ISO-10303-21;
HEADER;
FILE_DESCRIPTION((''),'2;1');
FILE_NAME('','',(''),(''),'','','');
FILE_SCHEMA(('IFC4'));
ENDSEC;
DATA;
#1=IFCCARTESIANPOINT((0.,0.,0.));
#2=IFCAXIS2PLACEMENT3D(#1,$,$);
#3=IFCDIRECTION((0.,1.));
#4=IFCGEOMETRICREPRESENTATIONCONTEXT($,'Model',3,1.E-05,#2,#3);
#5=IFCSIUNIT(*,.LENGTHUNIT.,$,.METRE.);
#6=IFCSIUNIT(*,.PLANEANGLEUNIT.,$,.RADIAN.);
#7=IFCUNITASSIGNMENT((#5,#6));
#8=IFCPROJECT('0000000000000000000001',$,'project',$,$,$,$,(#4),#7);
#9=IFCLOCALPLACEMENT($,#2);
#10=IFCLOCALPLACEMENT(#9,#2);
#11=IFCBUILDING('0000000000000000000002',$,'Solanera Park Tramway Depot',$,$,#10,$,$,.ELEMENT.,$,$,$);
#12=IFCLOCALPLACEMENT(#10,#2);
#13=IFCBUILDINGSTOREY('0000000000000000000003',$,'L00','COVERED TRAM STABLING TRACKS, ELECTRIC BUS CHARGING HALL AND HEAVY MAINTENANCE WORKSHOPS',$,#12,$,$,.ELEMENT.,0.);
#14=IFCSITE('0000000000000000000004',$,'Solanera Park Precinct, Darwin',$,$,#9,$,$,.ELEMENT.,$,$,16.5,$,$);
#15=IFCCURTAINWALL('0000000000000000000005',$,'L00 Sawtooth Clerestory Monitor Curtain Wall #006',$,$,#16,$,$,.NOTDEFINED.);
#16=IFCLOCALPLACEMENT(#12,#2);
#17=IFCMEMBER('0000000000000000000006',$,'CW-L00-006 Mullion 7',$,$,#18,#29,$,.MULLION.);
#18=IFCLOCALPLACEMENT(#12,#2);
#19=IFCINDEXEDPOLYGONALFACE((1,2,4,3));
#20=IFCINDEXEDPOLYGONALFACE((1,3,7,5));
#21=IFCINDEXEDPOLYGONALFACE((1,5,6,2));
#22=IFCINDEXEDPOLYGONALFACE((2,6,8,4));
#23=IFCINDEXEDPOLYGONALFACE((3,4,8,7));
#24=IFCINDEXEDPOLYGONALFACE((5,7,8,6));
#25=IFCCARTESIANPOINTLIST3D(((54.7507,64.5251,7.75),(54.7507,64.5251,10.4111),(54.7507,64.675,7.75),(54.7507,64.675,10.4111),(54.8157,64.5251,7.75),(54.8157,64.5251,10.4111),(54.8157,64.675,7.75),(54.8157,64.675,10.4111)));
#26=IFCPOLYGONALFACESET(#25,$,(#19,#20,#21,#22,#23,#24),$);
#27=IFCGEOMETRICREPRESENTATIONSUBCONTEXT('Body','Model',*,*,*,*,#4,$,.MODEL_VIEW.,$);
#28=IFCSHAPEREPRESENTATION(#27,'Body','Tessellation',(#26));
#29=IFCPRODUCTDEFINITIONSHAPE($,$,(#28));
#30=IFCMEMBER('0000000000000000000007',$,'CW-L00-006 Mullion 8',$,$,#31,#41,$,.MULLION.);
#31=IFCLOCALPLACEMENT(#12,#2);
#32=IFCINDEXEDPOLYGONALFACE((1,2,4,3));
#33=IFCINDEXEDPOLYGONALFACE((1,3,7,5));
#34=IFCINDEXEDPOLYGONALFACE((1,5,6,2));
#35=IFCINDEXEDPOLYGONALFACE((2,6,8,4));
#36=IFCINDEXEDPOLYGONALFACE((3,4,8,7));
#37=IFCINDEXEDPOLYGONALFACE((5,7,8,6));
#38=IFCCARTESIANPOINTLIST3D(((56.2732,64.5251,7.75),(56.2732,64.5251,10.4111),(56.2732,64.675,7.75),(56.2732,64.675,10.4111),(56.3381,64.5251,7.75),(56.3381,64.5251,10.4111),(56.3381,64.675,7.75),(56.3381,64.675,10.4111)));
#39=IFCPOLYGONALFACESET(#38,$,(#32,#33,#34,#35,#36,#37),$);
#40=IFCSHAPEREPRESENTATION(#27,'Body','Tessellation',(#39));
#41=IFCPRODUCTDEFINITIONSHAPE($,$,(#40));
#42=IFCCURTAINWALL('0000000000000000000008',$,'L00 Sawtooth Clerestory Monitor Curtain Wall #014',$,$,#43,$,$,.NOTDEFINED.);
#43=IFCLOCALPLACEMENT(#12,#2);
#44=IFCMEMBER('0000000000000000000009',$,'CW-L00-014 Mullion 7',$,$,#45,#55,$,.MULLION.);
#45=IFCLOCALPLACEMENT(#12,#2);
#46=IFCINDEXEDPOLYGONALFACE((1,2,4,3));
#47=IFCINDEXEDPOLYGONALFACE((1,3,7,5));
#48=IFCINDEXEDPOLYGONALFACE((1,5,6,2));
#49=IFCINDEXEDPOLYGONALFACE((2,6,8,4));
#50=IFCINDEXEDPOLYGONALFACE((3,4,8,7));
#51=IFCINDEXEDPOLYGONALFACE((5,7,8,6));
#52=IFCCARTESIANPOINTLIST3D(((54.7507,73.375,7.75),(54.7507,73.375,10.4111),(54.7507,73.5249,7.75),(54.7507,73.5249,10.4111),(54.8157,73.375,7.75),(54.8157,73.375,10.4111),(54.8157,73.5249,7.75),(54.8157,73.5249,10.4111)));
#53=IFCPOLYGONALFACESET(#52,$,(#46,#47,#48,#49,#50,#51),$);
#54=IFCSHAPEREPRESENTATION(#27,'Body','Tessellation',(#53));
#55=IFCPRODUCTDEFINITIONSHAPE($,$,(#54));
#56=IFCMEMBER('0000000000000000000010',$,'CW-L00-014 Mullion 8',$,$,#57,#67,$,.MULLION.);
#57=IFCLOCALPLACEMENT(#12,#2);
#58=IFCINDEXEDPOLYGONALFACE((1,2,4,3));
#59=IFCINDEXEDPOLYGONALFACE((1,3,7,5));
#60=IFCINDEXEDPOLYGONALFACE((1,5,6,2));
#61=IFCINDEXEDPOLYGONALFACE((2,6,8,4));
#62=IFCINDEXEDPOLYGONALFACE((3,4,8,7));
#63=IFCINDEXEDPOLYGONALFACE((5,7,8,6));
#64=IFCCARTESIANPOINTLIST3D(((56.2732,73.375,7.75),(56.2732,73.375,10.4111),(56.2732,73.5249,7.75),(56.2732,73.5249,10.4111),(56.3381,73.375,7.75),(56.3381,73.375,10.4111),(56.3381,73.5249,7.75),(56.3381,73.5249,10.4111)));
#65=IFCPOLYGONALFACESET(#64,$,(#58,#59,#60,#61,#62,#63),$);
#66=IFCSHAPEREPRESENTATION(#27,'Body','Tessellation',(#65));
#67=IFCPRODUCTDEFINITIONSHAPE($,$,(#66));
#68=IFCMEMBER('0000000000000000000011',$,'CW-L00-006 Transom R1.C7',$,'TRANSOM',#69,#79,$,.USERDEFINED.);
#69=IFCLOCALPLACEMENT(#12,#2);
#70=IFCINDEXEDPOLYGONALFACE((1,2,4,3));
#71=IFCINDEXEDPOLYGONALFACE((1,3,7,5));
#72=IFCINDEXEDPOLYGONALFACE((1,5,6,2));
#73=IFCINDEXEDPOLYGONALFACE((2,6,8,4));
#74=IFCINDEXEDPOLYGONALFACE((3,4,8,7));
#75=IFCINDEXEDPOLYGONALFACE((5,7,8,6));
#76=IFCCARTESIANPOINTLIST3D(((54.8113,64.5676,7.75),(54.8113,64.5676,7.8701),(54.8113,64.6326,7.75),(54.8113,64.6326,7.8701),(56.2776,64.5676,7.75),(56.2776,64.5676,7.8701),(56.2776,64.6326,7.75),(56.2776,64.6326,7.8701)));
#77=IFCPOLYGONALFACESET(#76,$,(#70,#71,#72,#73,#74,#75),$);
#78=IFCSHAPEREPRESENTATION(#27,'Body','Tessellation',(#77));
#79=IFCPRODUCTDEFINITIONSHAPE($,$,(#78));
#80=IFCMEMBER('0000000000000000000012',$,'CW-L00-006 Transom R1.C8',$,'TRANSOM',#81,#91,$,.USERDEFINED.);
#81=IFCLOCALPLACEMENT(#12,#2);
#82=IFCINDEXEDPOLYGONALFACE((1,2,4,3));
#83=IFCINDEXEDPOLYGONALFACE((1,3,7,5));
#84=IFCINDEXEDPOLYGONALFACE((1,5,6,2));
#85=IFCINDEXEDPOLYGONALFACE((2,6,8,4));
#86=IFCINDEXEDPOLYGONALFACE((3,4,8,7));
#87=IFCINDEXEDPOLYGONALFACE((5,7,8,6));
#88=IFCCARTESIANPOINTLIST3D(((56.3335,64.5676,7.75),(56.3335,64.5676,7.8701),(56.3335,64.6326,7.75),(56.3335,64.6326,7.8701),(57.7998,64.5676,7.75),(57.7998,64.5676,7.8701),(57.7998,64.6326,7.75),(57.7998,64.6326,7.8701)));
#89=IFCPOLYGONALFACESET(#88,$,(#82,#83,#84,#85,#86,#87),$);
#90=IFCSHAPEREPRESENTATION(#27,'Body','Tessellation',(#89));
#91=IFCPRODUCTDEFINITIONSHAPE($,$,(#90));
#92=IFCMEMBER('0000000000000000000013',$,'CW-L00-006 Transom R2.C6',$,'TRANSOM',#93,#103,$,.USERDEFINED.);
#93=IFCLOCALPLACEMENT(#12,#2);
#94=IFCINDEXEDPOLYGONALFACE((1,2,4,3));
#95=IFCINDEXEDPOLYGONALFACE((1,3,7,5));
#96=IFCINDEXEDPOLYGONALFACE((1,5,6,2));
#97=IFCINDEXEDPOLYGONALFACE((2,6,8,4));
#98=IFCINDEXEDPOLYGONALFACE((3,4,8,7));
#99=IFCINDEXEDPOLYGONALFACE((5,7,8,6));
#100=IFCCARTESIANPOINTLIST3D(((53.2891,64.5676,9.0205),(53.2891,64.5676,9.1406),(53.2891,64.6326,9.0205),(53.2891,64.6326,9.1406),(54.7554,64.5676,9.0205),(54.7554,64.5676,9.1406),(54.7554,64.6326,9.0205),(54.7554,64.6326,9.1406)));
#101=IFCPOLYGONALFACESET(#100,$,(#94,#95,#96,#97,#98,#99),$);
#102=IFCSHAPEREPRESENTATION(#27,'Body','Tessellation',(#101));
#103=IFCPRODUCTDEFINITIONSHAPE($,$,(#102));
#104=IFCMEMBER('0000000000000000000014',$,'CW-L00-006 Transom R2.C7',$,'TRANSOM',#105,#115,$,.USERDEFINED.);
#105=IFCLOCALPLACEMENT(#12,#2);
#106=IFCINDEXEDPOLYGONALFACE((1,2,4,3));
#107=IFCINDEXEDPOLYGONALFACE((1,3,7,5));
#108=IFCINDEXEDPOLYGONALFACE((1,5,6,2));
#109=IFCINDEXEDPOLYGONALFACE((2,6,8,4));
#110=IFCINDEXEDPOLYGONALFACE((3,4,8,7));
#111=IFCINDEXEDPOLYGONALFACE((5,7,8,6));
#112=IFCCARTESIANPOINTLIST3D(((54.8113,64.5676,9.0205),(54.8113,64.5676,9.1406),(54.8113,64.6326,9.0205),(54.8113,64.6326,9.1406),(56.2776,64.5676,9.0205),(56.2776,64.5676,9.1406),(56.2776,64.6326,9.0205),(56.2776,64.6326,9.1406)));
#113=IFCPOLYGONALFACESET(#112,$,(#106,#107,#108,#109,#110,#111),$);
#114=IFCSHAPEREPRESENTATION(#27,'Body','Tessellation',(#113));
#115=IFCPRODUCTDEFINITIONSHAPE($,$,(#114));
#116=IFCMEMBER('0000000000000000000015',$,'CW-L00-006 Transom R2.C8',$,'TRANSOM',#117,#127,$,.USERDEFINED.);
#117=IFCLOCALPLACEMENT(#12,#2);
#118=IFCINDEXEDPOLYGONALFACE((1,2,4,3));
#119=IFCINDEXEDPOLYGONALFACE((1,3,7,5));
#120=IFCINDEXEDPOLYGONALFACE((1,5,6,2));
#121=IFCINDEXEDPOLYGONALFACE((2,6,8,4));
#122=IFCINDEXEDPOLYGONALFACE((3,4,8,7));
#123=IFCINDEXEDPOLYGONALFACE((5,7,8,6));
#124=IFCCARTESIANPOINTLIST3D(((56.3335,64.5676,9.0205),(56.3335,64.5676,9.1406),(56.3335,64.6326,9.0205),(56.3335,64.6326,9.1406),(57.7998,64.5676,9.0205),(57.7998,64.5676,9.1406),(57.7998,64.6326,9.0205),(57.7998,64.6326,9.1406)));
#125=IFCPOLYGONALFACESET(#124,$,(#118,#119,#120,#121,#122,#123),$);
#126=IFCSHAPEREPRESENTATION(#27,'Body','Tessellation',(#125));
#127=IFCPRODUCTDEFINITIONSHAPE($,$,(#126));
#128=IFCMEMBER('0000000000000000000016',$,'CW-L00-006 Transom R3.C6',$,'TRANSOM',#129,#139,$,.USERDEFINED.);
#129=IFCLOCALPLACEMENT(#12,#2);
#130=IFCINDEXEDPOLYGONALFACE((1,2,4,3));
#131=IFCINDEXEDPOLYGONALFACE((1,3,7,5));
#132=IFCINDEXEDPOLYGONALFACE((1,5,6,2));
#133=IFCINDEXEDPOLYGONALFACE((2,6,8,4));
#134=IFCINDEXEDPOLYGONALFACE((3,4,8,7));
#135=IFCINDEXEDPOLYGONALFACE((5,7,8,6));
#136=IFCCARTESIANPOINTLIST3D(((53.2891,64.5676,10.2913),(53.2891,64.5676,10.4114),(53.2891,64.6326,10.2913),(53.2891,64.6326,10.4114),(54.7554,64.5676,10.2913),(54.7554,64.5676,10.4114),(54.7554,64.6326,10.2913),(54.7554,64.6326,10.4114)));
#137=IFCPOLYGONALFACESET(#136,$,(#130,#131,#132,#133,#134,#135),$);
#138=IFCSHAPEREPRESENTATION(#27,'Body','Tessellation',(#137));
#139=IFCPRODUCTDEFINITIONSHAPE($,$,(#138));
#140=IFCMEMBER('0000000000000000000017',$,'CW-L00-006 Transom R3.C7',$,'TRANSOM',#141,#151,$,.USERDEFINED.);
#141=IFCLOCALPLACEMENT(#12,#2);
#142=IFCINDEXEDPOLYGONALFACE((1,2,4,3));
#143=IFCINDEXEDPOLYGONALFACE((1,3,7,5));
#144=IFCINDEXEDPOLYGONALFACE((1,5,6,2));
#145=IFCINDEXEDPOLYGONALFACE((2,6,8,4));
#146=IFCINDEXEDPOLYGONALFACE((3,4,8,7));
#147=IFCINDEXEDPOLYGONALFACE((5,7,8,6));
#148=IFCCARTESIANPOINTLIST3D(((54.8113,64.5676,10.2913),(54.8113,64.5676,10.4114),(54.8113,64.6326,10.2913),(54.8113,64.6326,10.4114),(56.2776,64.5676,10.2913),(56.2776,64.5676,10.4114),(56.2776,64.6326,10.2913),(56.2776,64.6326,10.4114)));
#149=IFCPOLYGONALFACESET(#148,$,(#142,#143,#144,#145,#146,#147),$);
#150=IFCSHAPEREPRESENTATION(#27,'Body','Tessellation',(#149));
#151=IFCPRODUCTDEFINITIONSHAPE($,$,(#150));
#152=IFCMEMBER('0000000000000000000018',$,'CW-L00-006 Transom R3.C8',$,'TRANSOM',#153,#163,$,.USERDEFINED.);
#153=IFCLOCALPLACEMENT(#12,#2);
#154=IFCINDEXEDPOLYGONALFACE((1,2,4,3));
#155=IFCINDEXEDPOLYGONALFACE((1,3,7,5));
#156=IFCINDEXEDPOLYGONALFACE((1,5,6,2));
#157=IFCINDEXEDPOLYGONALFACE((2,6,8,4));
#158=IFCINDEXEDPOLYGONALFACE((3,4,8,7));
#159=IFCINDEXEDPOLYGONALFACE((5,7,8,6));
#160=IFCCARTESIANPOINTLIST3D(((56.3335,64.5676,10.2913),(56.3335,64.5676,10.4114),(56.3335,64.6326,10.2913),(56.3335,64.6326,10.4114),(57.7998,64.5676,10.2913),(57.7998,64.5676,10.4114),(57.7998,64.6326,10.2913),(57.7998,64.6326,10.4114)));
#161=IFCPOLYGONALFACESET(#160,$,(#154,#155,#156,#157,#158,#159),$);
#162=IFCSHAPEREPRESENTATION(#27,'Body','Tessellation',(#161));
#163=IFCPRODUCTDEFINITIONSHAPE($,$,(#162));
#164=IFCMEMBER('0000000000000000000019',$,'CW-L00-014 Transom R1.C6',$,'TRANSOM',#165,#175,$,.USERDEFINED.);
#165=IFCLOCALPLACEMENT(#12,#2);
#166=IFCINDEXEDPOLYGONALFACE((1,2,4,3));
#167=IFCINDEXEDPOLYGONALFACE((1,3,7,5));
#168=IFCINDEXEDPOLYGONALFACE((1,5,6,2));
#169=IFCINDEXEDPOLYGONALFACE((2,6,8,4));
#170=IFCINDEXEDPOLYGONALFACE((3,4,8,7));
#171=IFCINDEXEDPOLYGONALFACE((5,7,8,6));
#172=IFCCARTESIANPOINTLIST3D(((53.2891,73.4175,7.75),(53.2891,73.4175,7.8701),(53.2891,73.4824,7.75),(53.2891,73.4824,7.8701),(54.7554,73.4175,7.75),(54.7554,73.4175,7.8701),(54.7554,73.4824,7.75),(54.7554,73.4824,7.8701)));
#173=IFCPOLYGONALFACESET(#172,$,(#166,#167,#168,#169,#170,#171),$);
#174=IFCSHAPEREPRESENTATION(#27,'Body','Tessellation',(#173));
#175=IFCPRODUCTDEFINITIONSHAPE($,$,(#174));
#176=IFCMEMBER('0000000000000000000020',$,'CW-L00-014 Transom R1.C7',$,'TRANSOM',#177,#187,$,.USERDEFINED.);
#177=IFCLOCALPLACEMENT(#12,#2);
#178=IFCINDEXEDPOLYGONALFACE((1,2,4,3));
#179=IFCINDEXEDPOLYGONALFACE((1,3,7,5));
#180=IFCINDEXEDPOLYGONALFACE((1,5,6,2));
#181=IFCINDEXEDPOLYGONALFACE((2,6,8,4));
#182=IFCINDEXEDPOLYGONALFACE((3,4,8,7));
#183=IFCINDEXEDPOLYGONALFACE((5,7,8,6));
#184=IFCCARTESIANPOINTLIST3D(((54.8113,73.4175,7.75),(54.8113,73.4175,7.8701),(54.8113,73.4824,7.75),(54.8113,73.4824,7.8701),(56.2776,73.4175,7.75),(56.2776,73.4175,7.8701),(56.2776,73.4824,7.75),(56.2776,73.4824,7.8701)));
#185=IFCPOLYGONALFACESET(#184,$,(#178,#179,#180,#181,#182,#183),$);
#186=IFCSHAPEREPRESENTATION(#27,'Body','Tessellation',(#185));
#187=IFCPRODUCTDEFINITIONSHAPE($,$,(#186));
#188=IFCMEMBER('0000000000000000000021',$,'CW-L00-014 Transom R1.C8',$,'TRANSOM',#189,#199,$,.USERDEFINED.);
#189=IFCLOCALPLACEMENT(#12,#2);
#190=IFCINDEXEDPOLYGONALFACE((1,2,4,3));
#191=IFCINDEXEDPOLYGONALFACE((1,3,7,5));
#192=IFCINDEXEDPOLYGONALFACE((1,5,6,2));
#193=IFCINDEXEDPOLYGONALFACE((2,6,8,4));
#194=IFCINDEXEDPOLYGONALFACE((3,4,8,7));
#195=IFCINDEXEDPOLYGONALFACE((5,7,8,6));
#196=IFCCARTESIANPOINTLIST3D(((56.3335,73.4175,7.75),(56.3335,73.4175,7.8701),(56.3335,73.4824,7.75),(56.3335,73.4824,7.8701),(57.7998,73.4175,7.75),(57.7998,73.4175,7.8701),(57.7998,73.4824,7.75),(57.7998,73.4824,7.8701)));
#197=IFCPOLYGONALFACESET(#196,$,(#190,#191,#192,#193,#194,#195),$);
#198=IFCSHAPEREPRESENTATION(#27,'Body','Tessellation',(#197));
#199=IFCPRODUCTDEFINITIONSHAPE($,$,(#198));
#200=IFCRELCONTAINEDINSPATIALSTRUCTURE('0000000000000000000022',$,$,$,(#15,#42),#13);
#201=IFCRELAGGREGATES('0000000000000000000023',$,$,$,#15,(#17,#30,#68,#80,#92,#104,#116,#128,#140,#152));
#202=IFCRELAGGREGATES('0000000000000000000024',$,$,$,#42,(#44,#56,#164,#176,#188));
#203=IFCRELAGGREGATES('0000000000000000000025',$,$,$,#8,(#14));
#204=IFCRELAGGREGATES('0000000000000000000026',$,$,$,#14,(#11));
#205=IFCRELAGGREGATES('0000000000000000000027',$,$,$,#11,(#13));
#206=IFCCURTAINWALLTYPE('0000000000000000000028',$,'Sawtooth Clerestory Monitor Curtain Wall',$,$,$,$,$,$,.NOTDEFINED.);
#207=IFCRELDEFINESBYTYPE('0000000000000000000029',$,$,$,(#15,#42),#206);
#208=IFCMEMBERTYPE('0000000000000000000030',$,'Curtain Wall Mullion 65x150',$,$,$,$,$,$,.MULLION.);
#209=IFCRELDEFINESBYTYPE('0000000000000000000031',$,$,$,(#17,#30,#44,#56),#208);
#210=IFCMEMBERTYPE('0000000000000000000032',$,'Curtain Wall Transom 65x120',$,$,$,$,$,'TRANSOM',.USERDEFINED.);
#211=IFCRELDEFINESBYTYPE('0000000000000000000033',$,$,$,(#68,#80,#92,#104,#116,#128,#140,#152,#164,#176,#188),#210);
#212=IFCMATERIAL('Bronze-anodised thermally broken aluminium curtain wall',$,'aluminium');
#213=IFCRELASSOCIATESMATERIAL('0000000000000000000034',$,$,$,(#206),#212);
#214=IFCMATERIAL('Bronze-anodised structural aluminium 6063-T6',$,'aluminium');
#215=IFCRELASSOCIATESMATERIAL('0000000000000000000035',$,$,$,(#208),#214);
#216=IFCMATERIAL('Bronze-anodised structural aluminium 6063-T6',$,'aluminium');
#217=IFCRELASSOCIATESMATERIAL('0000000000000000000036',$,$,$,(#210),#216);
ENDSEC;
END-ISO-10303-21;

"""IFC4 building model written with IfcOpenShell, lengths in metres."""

from ifc_helpers import new_model, si_unit, direction, frame, origin, origin_2d, place, context, subcontext, project, spatial, rectangle, extrude, material, material_profile, profile_set, type_object, element, aggregate, save


model = new_model("IFC4")

# Units and contexts
model_context = context("Model", 3, precision=1e-05, world=origin(), true_north=direction((0.0, 1.0)))
body_context = subcontext(model_context, "Body", "Model", "MODEL_VIEW")
ifc_project = project(units=[si_unit("LENGTHUNIT", "METRE"), si_unit("PLANEANGLEUNIT", "RADIAN")], contexts=[model_context])

# Site, building, storey
site_placement = place(None, origin())
site = spatial("IfcSite", under=ifc_project, at=site_placement, Name="Solanera Park Precinct, Darwin", CompositionType="ELEMENT", RefElevation=16.5)
building_placement = place(site_placement, origin())
building = spatial("IfcBuilding", under=site, at=building_placement, Name="Solanera Park Tramway Depot", CompositionType="ELEMENT")
storey_placement = place(building_placement, origin())
storey = spatial("IfcBuildingStorey", under=building, at=storey_placement, Name="L00", Description="COVERED TRAM STABLING TRACKS, ELECTRIC BUS CHARGING HALL AND HEAVY MAINTENANCE WORKSHOPS", CompositionType="ELEMENT", Elevation=0.0)

# Curtain walls, members
ifc_material_1 = material(Name="Bronze-anodised thermally broken aluminium curtain wall", Category="aluminium")
curtain_wall_type = type_object("IfcCurtainWallType", Name="Sawtooth Clerestory Monitor Curtain Wall", PredefinedType="NOTDEFINED", material=ifc_material_1)
curtain_wall_1_placement = place(storey_placement, origin())
curtain_wall_1 = element("IfcCurtainWall", 1, at=curtain_wall_1_placement, inside=storey, type_object=curtain_wall_type, Name="L00 Sawtooth Clerestory Monitor Curtain Wall #006", PredefinedType="NOTDEFINED")
ifc_material_2 = material(Name="Bronze-anodised structural aluminium 6063-T6", Category="aluminium")
ifc_material_profile_1 = material_profile(ifc_material_2, rectangle(XDim=0.0649, YDim=0.1499, at=origin_2d()), Name="Curtain Wall Mullion 65x150")
ifc_profile_set_1 = profile_set([ifc_material_profile_1], Name="Bronze-anodised structural aluminium 6063-T6")
member_type_1 = type_object("IfcMemberType", Name="Curtain Wall Mullion 65x150", PredefinedType="MULLION", material=ifc_profile_set_1)
member_1_placement = place(storey_placement, frame((54.7832, 64.6001, 7.75), z_axis=(0.0, 0.0, 1.0), x_axis=(1.0, 0.0, 0.0)))
member_1 = element("IfcMember", 2, at=member_1_placement, type_object=member_type_1, Name="CW-L00-006 Mullion 7", PredefinedType="MULLION", context=body_context, shape_type="SweptSolid", body=[
    extrude(rectangle(XDim=0.0649, YDim=0.1499, at=origin_2d()), origin(), (0.0, 0.0, 1.0), 2.6611),
])
member_2_placement = place(storey_placement, frame((56.3057, 64.6001, 7.75), z_axis=(0.0, 0.0, 1.0), x_axis=(1.0, 0.0, 0.0)))
member_2 = element("IfcMember", 3, at=member_2_placement, type_object=member_type_1, Name="CW-L00-006 Mullion 8", PredefinedType="MULLION", context=body_context, shape_type="SweptSolid", body=[
    extrude(rectangle(XDim=0.0649, YDim=0.1499, at=origin_2d()), origin(), (0.0, 0.0, 1.0), 2.6611),
])
curtain_wall_2_placement = place(storey_placement, origin())
curtain_wall_2 = element("IfcCurtainWall", 4, at=curtain_wall_2_placement, inside=storey, type_object=curtain_wall_type, Name="L00 Sawtooth Clerestory Monitor Curtain Wall #014", PredefinedType="NOTDEFINED")
member_3_placement = place(storey_placement, frame((54.7832, 73.45, 7.75), z_axis=(0.0, 0.0, 1.0), x_axis=(1.0, 0.0, 0.0)))
member_3 = element("IfcMember", 5, at=member_3_placement, type_object=member_type_1, Name="CW-L00-014 Mullion 7", PredefinedType="MULLION", context=body_context, shape_type="SweptSolid", body=[
    extrude(rectangle(XDim=0.0649, YDim=0.1499, at=origin_2d()), origin(), (0.0, 0.0, 1.0), 2.6611),
])
member_4_placement = place(storey_placement, frame((56.3057, 73.45, 7.75), z_axis=(0.0, 0.0, 1.0), x_axis=(1.0, 0.0, 0.0)))
member_4 = element("IfcMember", 6, at=member_4_placement, type_object=member_type_1, Name="CW-L00-014 Mullion 8", PredefinedType="MULLION", context=body_context, shape_type="SweptSolid", body=[
    extrude(rectangle(XDim=0.0649, YDim=0.1499, at=origin_2d()), origin(), (0.0, 0.0, 1.0), 2.6611),
])

# Members
ifc_material_3 = material(Name="Bronze-anodised structural aluminium 6063-T6", Category="aluminium")
ifc_material_profile_2 = material_profile(ifc_material_3, rectangle(XDim=0.0649, YDim=0.1201, at=origin_2d()), Name="Curtain Wall Transom 65x120")
ifc_profile_set_2 = profile_set([ifc_material_profile_2], Name="Bronze-anodised structural aluminium 6063-T6")
member_type_2 = type_object("IfcMemberType", Name="Curtain Wall Transom 65x120", ElementType="TRANSOM", PredefinedType="USERDEFINED", material=ifc_profile_set_2)
member_5_placement = place(storey_placement, frame((54.8113, 64.6001, 7.8101), z_axis=(1.0, 0.0, 0.0), x_axis=(0.0, 1.0, 0.0)))
member_5 = element("IfcMember", 7, at=member_5_placement, type_object=member_type_2, Name="CW-L00-006 Transom R1.C7", ObjectType="TRANSOM", PredefinedType="USERDEFINED", context=body_context, shape_type="SweptSolid", body=[
    extrude(rectangle(XDim=0.0649, YDim=0.1201, at=origin_2d()), origin(), (0.0, 0.0, 1.0), 1.4663),
])
member_6_placement = place(storey_placement, frame((56.3335, 64.6001, 7.8101), z_axis=(1.0, 0.0, 0.0), x_axis=(0.0, 1.0, 0.0)))
member_6 = element("IfcMember", 8, at=member_6_placement, type_object=member_type_2, Name="CW-L00-006 Transom R1.C8", ObjectType="TRANSOM", PredefinedType="USERDEFINED", context=body_context, shape_type="SweptSolid", body=[
    extrude(rectangle(XDim=0.0649, YDim=0.1201, at=origin_2d()), origin(), (0.0, 0.0, 1.0), 1.4663),
])
member_7_placement = place(storey_placement, frame((53.2891, 64.6001, 9.0806), z_axis=(1.0, 0.0, 0.0), x_axis=(0.0, 1.0, 0.0)))
member_7 = element("IfcMember", 9, at=member_7_placement, type_object=member_type_2, Name="CW-L00-006 Transom R2.C6", ObjectType="TRANSOM", PredefinedType="USERDEFINED", context=body_context, shape_type="SweptSolid", body=[
    extrude(rectangle(XDim=0.0649, YDim=0.1201, at=origin_2d()), origin(), (0.0, 0.0, 1.0), 1.4663),
])
member_8_placement = place(storey_placement, frame((54.8113, 64.6001, 9.0806), z_axis=(1.0, 0.0, 0.0), x_axis=(0.0, 1.0, 0.0)))
member_8 = element("IfcMember", 10, at=member_8_placement, type_object=member_type_2, Name="CW-L00-006 Transom R2.C7", ObjectType="TRANSOM", PredefinedType="USERDEFINED", context=body_context, shape_type="SweptSolid", body=[
    extrude(rectangle(XDim=0.0649, YDim=0.1201, at=origin_2d()), origin(), (0.0, 0.0, 1.0), 1.4663),
])
member_9_placement = place(storey_placement, frame((56.3335, 64.6001, 9.0806), z_axis=(1.0, 0.0, 0.0), x_axis=(0.0, 1.0, 0.0)))
member_9 = element("IfcMember", 11, at=member_9_placement, type_object=member_type_2, Name="CW-L00-006 Transom R2.C8", ObjectType="TRANSOM", PredefinedType="USERDEFINED", context=body_context, shape_type="SweptSolid", body=[
    extrude(rectangle(XDim=0.0649, YDim=0.1201, at=origin_2d()), origin(), (0.0, 0.0, 1.0), 1.4663),
])
member_10_placement = place(storey_placement, frame((53.2891, 64.6001, 10.3513), z_axis=(1.0, 0.0, 0.0), x_axis=(0.0, 1.0, 0.0)))
member_10 = element("IfcMember", 12, at=member_10_placement, type_object=member_type_2, Name="CW-L00-006 Transom R3.C6", ObjectType="TRANSOM", PredefinedType="USERDEFINED", context=body_context, shape_type="SweptSolid", body=[
    extrude(rectangle(XDim=0.0649, YDim=0.1201, at=origin_2d()), origin(), (0.0, 0.0, 1.0), 1.4663),
])
member_11_placement = place(storey_placement, frame((54.8113, 64.6001, 10.3513), z_axis=(1.0, 0.0, 0.0), x_axis=(0.0, 1.0, 0.0)))
member_11 = element("IfcMember", 13, at=member_11_placement, type_object=member_type_2, Name="CW-L00-006 Transom R3.C7", ObjectType="TRANSOM", PredefinedType="USERDEFINED", context=body_context, shape_type="SweptSolid", body=[
    extrude(rectangle(XDim=0.0649, YDim=0.1201, at=origin_2d()), origin(), (0.0, 0.0, 1.0), 1.4663),
])
member_12_placement = place(storey_placement, frame((56.3335, 64.6001, 10.3513), z_axis=(1.0, 0.0, 0.0), x_axis=(0.0, 1.0, 0.0)))
member_12 = element("IfcMember", 14, at=member_12_placement, type_object=member_type_2, Name="CW-L00-006 Transom R3.C8", ObjectType="TRANSOM", PredefinedType="USERDEFINED", context=body_context, shape_type="SweptSolid", body=[
    extrude(rectangle(XDim=0.0649, YDim=0.1201, at=origin_2d()), origin(), (0.0, 0.0, 1.0), 1.4663),
])
member_13_placement = place(storey_placement, frame((53.2891, 73.45, 7.8101), z_axis=(1.0, 0.0, 0.0), x_axis=(0.0, 1.0, 0.0)))
member_13 = element("IfcMember", 15, at=member_13_placement, type_object=member_type_2, Name="CW-L00-014 Transom R1.C6", ObjectType="TRANSOM", PredefinedType="USERDEFINED", context=body_context, shape_type="SweptSolid", body=[
    extrude(rectangle(XDim=0.0649, YDim=0.1201, at=origin_2d()), origin(), (0.0, 0.0, 1.0), 1.4663),
])
member_14_placement = place(storey_placement, frame((54.8113, 73.45, 7.8101), z_axis=(1.0, 0.0, 0.0), x_axis=(0.0, 1.0, 0.0)))
member_14 = element("IfcMember", 16, at=member_14_placement, type_object=member_type_2, Name="CW-L00-014 Transom R1.C7", ObjectType="TRANSOM", PredefinedType="USERDEFINED", context=body_context, shape_type="SweptSolid", body=[
    extrude(rectangle(XDim=0.0649, YDim=0.1201, at=origin_2d()), origin(), (0.0, 0.0, 1.0), 1.4663),
])
member_15_placement = place(storey_placement, frame((56.3335, 73.45, 7.8101), z_axis=(1.0, 0.0, 0.0), x_axis=(0.0, 1.0, 0.0)))
member_15 = element("IfcMember", 17, at=member_15_placement, type_object=member_type_2, Name="CW-L00-014 Transom R1.C8", ObjectType="TRANSOM", PredefinedType="USERDEFINED", context=body_context, shape_type="SweptSolid", body=[
    extrude(rectangle(XDim=0.0649, YDim=0.1201, at=origin_2d()), origin(), (0.0, 0.0, 1.0), 1.4663),
])

aggregate(curtain_wall_1, [member_1, member_2, member_5, member_6, member_7, member_8, member_9, member_10, member_11, member_12])
aggregate(curtain_wall_2, [member_3, member_4, member_13, member_14, member_15])

save(model, "model.ifc")
